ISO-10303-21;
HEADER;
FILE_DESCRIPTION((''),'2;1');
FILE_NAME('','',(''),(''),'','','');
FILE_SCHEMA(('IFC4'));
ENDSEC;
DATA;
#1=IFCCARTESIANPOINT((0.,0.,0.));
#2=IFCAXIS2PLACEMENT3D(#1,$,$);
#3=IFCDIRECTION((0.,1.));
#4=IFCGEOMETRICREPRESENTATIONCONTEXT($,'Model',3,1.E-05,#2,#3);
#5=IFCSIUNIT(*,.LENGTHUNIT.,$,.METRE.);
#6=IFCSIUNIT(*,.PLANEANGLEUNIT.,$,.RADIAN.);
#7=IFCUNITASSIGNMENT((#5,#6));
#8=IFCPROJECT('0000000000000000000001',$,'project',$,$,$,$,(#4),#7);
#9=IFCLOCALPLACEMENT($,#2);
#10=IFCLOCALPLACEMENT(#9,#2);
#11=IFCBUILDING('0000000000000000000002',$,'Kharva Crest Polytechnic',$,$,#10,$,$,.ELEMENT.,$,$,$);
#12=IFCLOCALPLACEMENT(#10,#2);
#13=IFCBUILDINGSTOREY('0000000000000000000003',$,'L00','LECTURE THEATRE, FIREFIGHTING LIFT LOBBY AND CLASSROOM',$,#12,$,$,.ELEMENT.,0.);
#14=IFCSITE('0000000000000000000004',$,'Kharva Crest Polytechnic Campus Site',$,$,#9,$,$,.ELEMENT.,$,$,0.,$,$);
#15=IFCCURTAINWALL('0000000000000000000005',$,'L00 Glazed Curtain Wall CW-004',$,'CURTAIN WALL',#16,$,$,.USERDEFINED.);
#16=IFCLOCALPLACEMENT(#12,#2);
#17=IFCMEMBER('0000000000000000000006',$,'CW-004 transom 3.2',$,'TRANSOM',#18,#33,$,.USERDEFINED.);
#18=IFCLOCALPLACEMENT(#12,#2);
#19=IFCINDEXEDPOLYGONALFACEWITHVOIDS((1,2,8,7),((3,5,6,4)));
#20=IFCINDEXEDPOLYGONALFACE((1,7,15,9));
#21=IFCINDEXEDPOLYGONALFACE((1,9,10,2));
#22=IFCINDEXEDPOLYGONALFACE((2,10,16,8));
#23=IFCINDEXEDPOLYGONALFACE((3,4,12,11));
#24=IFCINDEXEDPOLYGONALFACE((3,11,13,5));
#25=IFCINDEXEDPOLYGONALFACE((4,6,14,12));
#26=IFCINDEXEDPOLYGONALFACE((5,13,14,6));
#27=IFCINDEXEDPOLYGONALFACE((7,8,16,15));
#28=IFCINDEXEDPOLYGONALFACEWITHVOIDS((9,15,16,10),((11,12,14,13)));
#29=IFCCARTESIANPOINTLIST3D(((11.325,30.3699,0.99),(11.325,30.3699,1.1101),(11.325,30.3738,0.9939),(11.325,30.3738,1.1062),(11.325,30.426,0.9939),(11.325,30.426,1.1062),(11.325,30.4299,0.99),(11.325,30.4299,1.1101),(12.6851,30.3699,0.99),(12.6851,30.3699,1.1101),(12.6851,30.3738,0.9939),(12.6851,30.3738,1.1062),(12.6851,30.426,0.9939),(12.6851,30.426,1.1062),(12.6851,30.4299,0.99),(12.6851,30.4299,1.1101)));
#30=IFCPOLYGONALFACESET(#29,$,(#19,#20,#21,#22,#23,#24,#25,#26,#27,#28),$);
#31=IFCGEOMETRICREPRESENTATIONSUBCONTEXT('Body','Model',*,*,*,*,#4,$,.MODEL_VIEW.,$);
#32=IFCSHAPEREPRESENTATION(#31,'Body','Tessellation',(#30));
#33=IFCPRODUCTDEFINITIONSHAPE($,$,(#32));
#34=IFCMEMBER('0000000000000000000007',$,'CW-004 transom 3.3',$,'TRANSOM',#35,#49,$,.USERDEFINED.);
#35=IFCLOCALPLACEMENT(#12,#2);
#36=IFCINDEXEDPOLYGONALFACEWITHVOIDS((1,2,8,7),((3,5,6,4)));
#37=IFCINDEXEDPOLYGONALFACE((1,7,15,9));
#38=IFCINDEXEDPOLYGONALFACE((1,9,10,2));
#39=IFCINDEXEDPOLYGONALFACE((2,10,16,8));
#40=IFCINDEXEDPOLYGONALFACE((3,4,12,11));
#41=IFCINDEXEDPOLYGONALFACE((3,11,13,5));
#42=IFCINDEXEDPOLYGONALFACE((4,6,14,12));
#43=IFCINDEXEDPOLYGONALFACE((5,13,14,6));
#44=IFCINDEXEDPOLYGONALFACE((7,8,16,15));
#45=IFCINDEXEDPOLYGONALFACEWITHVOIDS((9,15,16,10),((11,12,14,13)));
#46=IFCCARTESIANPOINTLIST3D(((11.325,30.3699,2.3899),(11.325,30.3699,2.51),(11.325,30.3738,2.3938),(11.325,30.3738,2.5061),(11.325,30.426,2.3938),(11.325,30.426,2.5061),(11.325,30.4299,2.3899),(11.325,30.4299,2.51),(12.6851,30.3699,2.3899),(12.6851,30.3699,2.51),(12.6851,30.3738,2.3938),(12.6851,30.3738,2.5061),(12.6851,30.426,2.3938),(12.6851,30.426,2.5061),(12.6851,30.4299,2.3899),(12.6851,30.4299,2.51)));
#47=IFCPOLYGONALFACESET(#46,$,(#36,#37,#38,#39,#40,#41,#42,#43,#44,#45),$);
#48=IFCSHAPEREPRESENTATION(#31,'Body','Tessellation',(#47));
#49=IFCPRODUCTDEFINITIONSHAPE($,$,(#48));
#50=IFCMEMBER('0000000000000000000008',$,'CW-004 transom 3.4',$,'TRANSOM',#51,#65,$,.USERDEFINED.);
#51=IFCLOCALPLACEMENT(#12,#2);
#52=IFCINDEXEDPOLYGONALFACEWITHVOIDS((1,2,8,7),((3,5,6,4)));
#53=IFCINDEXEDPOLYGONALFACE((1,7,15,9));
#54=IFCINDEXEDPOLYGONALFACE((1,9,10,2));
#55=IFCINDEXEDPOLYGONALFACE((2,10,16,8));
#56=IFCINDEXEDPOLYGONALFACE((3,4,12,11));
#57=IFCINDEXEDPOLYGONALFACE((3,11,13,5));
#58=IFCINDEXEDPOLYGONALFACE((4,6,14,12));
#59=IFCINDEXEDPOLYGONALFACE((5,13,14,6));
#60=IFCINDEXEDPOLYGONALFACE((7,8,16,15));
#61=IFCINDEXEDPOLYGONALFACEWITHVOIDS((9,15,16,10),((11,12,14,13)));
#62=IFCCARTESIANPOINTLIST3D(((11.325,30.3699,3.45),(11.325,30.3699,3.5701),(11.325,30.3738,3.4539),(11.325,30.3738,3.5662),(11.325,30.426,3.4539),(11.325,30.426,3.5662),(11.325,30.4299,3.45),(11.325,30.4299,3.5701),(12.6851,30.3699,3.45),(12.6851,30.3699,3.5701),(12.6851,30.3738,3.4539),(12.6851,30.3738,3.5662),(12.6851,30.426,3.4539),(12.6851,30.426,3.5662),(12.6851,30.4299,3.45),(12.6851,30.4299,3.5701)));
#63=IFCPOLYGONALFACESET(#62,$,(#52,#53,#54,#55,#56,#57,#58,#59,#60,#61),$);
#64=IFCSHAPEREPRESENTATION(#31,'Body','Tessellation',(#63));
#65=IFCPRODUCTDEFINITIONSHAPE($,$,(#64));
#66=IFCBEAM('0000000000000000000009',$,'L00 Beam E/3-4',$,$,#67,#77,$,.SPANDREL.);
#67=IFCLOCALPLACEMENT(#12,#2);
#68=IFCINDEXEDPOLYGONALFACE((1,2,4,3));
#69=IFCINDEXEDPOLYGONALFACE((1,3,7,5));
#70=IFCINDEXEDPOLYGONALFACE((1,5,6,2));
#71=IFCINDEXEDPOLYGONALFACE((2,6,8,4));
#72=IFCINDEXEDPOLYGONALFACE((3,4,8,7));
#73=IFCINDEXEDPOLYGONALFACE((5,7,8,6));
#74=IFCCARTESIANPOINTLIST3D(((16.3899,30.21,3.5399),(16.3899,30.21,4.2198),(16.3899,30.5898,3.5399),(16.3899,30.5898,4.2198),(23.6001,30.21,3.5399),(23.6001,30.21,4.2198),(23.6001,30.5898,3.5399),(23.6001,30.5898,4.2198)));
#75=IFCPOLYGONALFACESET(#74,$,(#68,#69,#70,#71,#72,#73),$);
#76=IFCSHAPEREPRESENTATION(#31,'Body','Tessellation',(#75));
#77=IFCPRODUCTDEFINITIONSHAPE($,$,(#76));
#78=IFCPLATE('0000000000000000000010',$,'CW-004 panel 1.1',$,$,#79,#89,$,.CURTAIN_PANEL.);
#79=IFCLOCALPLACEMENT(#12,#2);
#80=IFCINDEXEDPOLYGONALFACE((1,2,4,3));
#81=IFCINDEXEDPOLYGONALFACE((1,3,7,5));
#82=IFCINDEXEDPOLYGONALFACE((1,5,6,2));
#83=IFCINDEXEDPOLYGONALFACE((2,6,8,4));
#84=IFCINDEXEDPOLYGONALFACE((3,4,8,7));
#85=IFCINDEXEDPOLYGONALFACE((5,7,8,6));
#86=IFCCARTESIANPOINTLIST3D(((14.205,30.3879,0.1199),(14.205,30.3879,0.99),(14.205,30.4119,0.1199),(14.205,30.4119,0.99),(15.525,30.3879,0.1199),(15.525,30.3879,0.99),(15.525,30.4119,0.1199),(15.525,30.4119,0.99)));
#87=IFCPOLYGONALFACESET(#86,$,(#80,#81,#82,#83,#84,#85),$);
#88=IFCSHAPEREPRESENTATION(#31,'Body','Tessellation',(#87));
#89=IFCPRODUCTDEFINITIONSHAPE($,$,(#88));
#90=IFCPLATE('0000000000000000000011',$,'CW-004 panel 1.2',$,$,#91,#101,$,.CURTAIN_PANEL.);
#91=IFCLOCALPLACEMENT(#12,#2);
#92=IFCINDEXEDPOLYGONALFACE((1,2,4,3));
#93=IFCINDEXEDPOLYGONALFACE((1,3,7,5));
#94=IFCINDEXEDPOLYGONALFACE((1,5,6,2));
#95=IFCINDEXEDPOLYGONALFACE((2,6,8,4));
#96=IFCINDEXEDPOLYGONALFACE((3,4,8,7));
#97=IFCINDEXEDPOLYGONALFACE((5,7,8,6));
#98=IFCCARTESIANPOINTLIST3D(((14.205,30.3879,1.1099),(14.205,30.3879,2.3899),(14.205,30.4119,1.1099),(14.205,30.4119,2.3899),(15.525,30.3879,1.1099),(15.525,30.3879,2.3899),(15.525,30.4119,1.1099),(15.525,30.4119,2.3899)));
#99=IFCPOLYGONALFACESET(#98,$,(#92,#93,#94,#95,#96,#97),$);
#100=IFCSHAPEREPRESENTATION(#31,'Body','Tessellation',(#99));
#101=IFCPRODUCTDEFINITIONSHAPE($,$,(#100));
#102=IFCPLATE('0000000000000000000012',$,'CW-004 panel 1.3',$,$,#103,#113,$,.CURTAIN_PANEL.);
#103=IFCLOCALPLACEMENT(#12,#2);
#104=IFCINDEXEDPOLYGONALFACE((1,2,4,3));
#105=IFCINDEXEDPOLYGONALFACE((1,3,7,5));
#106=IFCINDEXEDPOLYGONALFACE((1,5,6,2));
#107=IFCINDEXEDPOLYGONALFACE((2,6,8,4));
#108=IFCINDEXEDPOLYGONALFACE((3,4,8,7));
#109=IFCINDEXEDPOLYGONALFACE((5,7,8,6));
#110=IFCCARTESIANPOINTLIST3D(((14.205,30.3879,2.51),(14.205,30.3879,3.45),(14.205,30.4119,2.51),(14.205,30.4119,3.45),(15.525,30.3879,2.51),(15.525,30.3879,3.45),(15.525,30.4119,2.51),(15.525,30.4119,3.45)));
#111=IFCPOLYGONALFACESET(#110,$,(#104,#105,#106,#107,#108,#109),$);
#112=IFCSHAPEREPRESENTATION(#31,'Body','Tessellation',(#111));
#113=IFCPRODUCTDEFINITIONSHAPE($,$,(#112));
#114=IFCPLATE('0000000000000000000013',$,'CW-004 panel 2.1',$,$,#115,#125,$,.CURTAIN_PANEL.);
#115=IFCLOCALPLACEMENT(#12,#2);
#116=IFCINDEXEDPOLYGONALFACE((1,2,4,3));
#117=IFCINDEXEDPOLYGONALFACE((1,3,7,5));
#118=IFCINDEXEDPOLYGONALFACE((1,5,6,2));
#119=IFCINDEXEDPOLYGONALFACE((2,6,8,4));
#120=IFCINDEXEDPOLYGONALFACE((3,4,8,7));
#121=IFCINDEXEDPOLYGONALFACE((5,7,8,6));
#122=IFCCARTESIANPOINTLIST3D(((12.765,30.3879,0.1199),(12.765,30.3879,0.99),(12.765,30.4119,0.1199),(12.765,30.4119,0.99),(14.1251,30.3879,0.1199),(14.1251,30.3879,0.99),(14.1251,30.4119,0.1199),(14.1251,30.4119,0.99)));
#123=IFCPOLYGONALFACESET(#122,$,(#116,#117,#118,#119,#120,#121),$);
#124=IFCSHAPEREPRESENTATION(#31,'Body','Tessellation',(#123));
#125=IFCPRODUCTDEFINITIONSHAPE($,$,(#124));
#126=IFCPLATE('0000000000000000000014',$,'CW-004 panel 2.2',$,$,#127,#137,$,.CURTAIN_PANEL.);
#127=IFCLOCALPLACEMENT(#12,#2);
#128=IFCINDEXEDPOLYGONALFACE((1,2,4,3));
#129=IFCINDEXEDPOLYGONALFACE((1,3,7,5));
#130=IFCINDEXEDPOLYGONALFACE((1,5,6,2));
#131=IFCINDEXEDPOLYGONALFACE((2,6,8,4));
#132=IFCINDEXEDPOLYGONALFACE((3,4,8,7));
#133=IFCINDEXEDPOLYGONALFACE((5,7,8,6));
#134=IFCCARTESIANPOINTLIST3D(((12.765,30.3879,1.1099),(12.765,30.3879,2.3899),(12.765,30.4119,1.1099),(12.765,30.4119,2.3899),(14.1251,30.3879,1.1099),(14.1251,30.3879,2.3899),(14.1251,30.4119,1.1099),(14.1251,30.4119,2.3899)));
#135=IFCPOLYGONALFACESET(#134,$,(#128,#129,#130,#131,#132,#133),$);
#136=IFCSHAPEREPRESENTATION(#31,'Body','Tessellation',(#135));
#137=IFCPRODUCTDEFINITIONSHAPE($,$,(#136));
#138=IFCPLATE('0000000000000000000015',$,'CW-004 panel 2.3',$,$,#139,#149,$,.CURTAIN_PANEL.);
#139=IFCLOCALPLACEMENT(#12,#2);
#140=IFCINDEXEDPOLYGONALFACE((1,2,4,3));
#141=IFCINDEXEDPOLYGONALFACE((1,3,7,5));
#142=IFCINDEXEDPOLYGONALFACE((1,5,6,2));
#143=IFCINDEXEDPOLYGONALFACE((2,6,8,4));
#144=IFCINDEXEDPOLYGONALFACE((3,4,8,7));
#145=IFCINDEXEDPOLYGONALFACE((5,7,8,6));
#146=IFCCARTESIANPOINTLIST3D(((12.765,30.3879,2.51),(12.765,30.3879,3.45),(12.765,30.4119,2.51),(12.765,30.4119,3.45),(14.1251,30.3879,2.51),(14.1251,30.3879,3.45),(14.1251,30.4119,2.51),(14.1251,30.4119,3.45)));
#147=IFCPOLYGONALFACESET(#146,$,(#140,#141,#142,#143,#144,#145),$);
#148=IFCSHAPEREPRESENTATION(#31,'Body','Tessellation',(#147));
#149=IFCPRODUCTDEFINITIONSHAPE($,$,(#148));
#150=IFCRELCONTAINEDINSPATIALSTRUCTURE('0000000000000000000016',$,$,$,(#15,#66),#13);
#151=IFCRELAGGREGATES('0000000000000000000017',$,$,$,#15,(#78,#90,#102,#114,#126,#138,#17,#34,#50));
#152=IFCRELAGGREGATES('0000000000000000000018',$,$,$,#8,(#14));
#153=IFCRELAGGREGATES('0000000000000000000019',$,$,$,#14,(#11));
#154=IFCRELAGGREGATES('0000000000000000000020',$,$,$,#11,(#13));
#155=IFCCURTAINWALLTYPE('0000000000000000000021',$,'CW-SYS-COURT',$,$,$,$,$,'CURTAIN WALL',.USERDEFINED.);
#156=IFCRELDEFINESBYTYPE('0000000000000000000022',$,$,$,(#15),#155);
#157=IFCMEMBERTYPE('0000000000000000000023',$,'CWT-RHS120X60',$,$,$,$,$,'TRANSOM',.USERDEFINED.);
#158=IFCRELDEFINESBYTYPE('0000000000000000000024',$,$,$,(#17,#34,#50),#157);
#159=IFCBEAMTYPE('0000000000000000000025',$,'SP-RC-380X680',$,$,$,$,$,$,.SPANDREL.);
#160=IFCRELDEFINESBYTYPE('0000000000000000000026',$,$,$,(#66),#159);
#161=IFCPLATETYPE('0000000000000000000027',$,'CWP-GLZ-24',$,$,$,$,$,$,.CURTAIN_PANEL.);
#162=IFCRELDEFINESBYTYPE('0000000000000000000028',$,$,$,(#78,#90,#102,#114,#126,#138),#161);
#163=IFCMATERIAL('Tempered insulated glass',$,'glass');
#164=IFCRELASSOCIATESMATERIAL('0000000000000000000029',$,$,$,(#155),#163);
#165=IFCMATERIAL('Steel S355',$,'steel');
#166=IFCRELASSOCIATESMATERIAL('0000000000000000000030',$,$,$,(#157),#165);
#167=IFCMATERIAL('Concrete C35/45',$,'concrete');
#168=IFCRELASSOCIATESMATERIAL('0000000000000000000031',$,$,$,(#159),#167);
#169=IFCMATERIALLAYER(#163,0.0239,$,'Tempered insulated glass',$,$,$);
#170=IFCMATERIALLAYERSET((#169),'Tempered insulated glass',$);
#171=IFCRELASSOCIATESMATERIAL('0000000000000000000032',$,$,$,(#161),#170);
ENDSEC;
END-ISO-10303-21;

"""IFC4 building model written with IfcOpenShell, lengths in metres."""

from ifc_helpers import new_model, si_unit, direction, frame, origin, origin_2d, place, context, subcontext, project, spatial, rectangle, hollow_rectangle, extrude, material, layer, layer_set, material_profile, profile_set, type_object, element, aggregate, save


model = new_model("IFC4")

# Units and contexts
model_context = context("Model", 3, precision=1e-05, world=origin(), true_north=direction((0.0, 1.0)))
body_context = subcontext(model_context, "Body", "Model", "MODEL_VIEW")
ifc_project = project(units=[si_unit("LENGTHUNIT", "METRE"), si_unit("PLANEANGLEUNIT", "RADIAN")], contexts=[model_context])

# Site, building, storey
site_placement = place(None, origin())
site = spatial("IfcSite", under=ifc_project, at=site_placement, Name="Kharva Crest Polytechnic Campus Site", CompositionType="ELEMENT", RefElevation=0.0)
building_placement = place(site_placement, origin())
building = spatial("IfcBuilding", under=site, at=building_placement, Name="Kharva Crest Polytechnic", CompositionType="ELEMENT")
storey_placement = place(building_placement, origin())
storey = spatial("IfcBuildingStorey", under=building, at=storey_placement, Name="L00", Description="LECTURE THEATRE, FIREFIGHTING LIFT LOBBY AND CLASSROOM", CompositionType="ELEMENT", Elevation=0.0)

# Shared definitions
ifc_material_1 = material(Name="Concrete C35/45", Category="concrete")

# Shared definitions
ifc_material_2 = material(Name="Tempered insulated glass", Category="glass")
curtain_wall_type = type_object("IfcCurtainWallType", Name="CW-SYS-COURT", ElementType="CURTAIN WALL", PredefinedType="USERDEFINED", material=ifc_material_2)
ifc_material_3 = material(Name="Steel S355", Category="steel")

# Curtain wall, members
curtain_wall_1_placement = place(storey_placement, origin())
curtain_wall_1 = element("IfcCurtainWall", 1, at=curtain_wall_1_placement, inside=storey, type_object=curtain_wall_type, Name="L00 Glazed Curtain Wall CW-004", ObjectType="CURTAIN WALL", PredefinedType="USERDEFINED")
ifc_material_profile_1 = material_profile(ifc_material_3, hollow_rectangle(XDim=0.0601, YDim=0.1201, WallThickness=0.0039, at=origin_2d()), Name="RHS 120X60X4.0")
ifc_profile_set_1 = profile_set([ifc_material_profile_1], Name="Steel S355")
member_type_1 = type_object("IfcMemberType", Name="CWT-RHS120X60", ElementType="TRANSOM", PredefinedType="USERDEFINED", material=ifc_profile_set_1)
member_1_placement = place(storey_placement, frame((12.6851, 30.3999, 1.05), z_axis=(-1.0, 0.0, 0.0), x_axis=(0.0, -1.0, 0.0)))
member_1 = element("IfcMember", 2, at=member_1_placement, type_object=member_type_1, Name="CW-004 transom 3.2", ObjectType="TRANSOM", PredefinedType="USERDEFINED", context=body_context, shape_type="SweptSolid", body=[
    extrude(hollow_rectangle(XDim=0.0601, YDim=0.1201, WallThickness=0.0039, at=origin_2d()), origin(), (0.0, 0.0, 1.0), 1.3601),
])
member_2_placement = place(storey_placement, frame((12.6851, 30.3999, 2.45), z_axis=(-1.0, 0.0, 0.0), x_axis=(0.0, -1.0, 0.0)))
member_2 = element("IfcMember", 3, at=member_2_placement, type_object=member_type_1, Name="CW-004 transom 3.3", ObjectType="TRANSOM", PredefinedType="USERDEFINED", context=body_context, shape_type="SweptSolid", body=[
    extrude(hollow_rectangle(XDim=0.0601, YDim=0.1201, WallThickness=0.0039, at=origin_2d()), origin(), (0.0, 0.0, 1.0), 1.3601),
])
member_3_placement = place(storey_placement, frame((12.6851, 30.3999, 3.51), z_axis=(-1.0, 0.0, 0.0), x_axis=(0.0, -1.0, 0.0)))
member_3 = element("IfcMember", 4, at=member_3_placement, type_object=member_type_1, Name="CW-004 transom 3.4", ObjectType="TRANSOM", PredefinedType="USERDEFINED", context=body_context, shape_type="SweptSolid", body=[
    extrude(hollow_rectangle(XDim=0.0601, YDim=0.1201, WallThickness=0.0039, at=origin_2d()), origin(), (0.0, 0.0, 1.0), 1.3601),
])

# Beam
ifc_material_profile_2 = material_profile(ifc_material_1, rectangle(XDim=0.3799, YDim=0.6799, at=origin_2d()), Name="RECT 380 X 680")
ifc_profile_set_2 = profile_set([ifc_material_profile_2], Name="Concrete C35/45")
beam_type = type_object("IfcBeamType", Name="SP-RC-380X680", PredefinedType="SPANDREL", material=ifc_profile_set_2)
beam_placement = place(storey_placement, frame((16.3899, 30.3999, 3.8799), z_axis=(1.0, 0.0, 0.0), x_axis=(0.0, 1.0, 0.0)))
element("IfcBeam", 5, at=beam_placement, inside=storey, type_object=beam_type, Name="L00 Beam E/3-4", PredefinedType="SPANDREL", context=body_context, shape_type="SweptSolid", body=[
    extrude(rectangle(XDim=0.3799, YDim=0.6799, at=origin_2d()), origin(), (0.0, 0.0, 1.0), 7.2102),
])

# Plates
ifc_layer_1 = layer(ifc_material_2, 0.0239, Name="Tempered insulated glass")
ifc_layer_set_1 = layer_set([ifc_layer_1], Name="Tempered insulated glass")
plate_type = type_object("IfcPlateType", Name="CWP-GLZ-24", PredefinedType="CURTAIN_PANEL", material=ifc_layer_set_1)
plate_1_placement = place(storey_placement, frame((14.865, 30.3999, 0.1199), z_axis=(0.0, 0.0, 1.0), x_axis=(-1.0, 0.0, 0.0)))
plate_1 = element("IfcPlate", 6, at=plate_1_placement, type_object=plate_type, Name="CW-004 panel 1.1", PredefinedType="CURTAIN_PANEL", context=body_context, shape_type="SweptSolid", body=[
    extrude(rectangle(XDim=1.3201, YDim=0.0239, at=origin_2d()), origin(), (0.0, 0.0, 1.0), 0.8701),
])
plate_2_placement = place(storey_placement, frame((14.865, 30.3999, 1.1099), z_axis=(0.0, 0.0, 1.0), x_axis=(-1.0, 0.0, 0.0)))
plate_2 = element("IfcPlate", 7, at=plate_2_placement, type_object=plate_type, Name="CW-004 panel 1.2", PredefinedType="CURTAIN_PANEL", context=body_context, shape_type="SweptSolid", body=[
    extrude(rectangle(XDim=1.3201, YDim=0.0239, at=origin_2d()), origin(), (0.0, 0.0, 1.0), 1.28),
])
plate_3_placement = place(storey_placement, frame((14.865, 30.3999, 2.51), z_axis=(0.0, 0.0, 1.0), x_axis=(-1.0, 0.0, 0.0)))
plate_3 = element("IfcPlate", 8, at=plate_3_placement, type_object=plate_type, Name="CW-004 panel 1.3", PredefinedType="CURTAIN_PANEL", context=body_context, shape_type="SweptSolid", body=[
    extrude(rectangle(XDim=1.3201, YDim=0.0239, at=origin_2d()), origin(), (0.0, 0.0, 1.0), 0.9399),
])
plate_4_placement = place(storey_placement, frame((13.4451, 30.3999, 0.1199), z_axis=(0.0, 0.0, 1.0), x_axis=(-1.0, 0.0, 0.0)))
plate_4 = element("IfcPlate", 9, at=plate_4_placement, type_object=plate_type, Name="CW-004 panel 2.1", PredefinedType="CURTAIN_PANEL", context=body_context, shape_type="SweptSolid", body=[
    extrude(rectangle(XDim=1.3601, YDim=0.0239, at=origin_2d()), origin(), (0.0, 0.0, 1.0), 0.8701),
])
plate_5_placement = place(storey_placement, frame((13.4451, 30.3999, 1.1099), z_axis=(0.0, 0.0, 1.0), x_axis=(-1.0, 0.0, 0.0)))
plate_5 = element("IfcPlate", 10, at=plate_5_placement, type_object=plate_type, Name="CW-004 panel 2.2", PredefinedType="CURTAIN_PANEL", context=body_context, shape_type="SweptSolid", body=[
    extrude(rectangle(XDim=1.3601, YDim=0.0239, at=origin_2d()), origin(), (0.0, 0.0, 1.0), 1.28),
])
plate_6_placement = place(storey_placement, frame((13.4451, 30.3999, 2.51), z_axis=(0.0, 0.0, 1.0), x_axis=(-1.0, 0.0, 0.0)))
plate_6 = element("IfcPlate", 11, at=plate_6_placement, type_object=plate_type, Name="CW-004 panel 2.3", PredefinedType="CURTAIN_PANEL", context=body_context, shape_type="SweptSolid", body=[
    extrude(rectangle(XDim=1.3601, YDim=0.0239, at=origin_2d()), origin(), (0.0, 0.0, 1.0), 0.9399),
])
aggregate(curtain_wall_1, [plate_1, plate_2, plate_3, plate_4, plate_5, plate_6, member_1, member_2, member_3])

save(model, "model.ifc")
